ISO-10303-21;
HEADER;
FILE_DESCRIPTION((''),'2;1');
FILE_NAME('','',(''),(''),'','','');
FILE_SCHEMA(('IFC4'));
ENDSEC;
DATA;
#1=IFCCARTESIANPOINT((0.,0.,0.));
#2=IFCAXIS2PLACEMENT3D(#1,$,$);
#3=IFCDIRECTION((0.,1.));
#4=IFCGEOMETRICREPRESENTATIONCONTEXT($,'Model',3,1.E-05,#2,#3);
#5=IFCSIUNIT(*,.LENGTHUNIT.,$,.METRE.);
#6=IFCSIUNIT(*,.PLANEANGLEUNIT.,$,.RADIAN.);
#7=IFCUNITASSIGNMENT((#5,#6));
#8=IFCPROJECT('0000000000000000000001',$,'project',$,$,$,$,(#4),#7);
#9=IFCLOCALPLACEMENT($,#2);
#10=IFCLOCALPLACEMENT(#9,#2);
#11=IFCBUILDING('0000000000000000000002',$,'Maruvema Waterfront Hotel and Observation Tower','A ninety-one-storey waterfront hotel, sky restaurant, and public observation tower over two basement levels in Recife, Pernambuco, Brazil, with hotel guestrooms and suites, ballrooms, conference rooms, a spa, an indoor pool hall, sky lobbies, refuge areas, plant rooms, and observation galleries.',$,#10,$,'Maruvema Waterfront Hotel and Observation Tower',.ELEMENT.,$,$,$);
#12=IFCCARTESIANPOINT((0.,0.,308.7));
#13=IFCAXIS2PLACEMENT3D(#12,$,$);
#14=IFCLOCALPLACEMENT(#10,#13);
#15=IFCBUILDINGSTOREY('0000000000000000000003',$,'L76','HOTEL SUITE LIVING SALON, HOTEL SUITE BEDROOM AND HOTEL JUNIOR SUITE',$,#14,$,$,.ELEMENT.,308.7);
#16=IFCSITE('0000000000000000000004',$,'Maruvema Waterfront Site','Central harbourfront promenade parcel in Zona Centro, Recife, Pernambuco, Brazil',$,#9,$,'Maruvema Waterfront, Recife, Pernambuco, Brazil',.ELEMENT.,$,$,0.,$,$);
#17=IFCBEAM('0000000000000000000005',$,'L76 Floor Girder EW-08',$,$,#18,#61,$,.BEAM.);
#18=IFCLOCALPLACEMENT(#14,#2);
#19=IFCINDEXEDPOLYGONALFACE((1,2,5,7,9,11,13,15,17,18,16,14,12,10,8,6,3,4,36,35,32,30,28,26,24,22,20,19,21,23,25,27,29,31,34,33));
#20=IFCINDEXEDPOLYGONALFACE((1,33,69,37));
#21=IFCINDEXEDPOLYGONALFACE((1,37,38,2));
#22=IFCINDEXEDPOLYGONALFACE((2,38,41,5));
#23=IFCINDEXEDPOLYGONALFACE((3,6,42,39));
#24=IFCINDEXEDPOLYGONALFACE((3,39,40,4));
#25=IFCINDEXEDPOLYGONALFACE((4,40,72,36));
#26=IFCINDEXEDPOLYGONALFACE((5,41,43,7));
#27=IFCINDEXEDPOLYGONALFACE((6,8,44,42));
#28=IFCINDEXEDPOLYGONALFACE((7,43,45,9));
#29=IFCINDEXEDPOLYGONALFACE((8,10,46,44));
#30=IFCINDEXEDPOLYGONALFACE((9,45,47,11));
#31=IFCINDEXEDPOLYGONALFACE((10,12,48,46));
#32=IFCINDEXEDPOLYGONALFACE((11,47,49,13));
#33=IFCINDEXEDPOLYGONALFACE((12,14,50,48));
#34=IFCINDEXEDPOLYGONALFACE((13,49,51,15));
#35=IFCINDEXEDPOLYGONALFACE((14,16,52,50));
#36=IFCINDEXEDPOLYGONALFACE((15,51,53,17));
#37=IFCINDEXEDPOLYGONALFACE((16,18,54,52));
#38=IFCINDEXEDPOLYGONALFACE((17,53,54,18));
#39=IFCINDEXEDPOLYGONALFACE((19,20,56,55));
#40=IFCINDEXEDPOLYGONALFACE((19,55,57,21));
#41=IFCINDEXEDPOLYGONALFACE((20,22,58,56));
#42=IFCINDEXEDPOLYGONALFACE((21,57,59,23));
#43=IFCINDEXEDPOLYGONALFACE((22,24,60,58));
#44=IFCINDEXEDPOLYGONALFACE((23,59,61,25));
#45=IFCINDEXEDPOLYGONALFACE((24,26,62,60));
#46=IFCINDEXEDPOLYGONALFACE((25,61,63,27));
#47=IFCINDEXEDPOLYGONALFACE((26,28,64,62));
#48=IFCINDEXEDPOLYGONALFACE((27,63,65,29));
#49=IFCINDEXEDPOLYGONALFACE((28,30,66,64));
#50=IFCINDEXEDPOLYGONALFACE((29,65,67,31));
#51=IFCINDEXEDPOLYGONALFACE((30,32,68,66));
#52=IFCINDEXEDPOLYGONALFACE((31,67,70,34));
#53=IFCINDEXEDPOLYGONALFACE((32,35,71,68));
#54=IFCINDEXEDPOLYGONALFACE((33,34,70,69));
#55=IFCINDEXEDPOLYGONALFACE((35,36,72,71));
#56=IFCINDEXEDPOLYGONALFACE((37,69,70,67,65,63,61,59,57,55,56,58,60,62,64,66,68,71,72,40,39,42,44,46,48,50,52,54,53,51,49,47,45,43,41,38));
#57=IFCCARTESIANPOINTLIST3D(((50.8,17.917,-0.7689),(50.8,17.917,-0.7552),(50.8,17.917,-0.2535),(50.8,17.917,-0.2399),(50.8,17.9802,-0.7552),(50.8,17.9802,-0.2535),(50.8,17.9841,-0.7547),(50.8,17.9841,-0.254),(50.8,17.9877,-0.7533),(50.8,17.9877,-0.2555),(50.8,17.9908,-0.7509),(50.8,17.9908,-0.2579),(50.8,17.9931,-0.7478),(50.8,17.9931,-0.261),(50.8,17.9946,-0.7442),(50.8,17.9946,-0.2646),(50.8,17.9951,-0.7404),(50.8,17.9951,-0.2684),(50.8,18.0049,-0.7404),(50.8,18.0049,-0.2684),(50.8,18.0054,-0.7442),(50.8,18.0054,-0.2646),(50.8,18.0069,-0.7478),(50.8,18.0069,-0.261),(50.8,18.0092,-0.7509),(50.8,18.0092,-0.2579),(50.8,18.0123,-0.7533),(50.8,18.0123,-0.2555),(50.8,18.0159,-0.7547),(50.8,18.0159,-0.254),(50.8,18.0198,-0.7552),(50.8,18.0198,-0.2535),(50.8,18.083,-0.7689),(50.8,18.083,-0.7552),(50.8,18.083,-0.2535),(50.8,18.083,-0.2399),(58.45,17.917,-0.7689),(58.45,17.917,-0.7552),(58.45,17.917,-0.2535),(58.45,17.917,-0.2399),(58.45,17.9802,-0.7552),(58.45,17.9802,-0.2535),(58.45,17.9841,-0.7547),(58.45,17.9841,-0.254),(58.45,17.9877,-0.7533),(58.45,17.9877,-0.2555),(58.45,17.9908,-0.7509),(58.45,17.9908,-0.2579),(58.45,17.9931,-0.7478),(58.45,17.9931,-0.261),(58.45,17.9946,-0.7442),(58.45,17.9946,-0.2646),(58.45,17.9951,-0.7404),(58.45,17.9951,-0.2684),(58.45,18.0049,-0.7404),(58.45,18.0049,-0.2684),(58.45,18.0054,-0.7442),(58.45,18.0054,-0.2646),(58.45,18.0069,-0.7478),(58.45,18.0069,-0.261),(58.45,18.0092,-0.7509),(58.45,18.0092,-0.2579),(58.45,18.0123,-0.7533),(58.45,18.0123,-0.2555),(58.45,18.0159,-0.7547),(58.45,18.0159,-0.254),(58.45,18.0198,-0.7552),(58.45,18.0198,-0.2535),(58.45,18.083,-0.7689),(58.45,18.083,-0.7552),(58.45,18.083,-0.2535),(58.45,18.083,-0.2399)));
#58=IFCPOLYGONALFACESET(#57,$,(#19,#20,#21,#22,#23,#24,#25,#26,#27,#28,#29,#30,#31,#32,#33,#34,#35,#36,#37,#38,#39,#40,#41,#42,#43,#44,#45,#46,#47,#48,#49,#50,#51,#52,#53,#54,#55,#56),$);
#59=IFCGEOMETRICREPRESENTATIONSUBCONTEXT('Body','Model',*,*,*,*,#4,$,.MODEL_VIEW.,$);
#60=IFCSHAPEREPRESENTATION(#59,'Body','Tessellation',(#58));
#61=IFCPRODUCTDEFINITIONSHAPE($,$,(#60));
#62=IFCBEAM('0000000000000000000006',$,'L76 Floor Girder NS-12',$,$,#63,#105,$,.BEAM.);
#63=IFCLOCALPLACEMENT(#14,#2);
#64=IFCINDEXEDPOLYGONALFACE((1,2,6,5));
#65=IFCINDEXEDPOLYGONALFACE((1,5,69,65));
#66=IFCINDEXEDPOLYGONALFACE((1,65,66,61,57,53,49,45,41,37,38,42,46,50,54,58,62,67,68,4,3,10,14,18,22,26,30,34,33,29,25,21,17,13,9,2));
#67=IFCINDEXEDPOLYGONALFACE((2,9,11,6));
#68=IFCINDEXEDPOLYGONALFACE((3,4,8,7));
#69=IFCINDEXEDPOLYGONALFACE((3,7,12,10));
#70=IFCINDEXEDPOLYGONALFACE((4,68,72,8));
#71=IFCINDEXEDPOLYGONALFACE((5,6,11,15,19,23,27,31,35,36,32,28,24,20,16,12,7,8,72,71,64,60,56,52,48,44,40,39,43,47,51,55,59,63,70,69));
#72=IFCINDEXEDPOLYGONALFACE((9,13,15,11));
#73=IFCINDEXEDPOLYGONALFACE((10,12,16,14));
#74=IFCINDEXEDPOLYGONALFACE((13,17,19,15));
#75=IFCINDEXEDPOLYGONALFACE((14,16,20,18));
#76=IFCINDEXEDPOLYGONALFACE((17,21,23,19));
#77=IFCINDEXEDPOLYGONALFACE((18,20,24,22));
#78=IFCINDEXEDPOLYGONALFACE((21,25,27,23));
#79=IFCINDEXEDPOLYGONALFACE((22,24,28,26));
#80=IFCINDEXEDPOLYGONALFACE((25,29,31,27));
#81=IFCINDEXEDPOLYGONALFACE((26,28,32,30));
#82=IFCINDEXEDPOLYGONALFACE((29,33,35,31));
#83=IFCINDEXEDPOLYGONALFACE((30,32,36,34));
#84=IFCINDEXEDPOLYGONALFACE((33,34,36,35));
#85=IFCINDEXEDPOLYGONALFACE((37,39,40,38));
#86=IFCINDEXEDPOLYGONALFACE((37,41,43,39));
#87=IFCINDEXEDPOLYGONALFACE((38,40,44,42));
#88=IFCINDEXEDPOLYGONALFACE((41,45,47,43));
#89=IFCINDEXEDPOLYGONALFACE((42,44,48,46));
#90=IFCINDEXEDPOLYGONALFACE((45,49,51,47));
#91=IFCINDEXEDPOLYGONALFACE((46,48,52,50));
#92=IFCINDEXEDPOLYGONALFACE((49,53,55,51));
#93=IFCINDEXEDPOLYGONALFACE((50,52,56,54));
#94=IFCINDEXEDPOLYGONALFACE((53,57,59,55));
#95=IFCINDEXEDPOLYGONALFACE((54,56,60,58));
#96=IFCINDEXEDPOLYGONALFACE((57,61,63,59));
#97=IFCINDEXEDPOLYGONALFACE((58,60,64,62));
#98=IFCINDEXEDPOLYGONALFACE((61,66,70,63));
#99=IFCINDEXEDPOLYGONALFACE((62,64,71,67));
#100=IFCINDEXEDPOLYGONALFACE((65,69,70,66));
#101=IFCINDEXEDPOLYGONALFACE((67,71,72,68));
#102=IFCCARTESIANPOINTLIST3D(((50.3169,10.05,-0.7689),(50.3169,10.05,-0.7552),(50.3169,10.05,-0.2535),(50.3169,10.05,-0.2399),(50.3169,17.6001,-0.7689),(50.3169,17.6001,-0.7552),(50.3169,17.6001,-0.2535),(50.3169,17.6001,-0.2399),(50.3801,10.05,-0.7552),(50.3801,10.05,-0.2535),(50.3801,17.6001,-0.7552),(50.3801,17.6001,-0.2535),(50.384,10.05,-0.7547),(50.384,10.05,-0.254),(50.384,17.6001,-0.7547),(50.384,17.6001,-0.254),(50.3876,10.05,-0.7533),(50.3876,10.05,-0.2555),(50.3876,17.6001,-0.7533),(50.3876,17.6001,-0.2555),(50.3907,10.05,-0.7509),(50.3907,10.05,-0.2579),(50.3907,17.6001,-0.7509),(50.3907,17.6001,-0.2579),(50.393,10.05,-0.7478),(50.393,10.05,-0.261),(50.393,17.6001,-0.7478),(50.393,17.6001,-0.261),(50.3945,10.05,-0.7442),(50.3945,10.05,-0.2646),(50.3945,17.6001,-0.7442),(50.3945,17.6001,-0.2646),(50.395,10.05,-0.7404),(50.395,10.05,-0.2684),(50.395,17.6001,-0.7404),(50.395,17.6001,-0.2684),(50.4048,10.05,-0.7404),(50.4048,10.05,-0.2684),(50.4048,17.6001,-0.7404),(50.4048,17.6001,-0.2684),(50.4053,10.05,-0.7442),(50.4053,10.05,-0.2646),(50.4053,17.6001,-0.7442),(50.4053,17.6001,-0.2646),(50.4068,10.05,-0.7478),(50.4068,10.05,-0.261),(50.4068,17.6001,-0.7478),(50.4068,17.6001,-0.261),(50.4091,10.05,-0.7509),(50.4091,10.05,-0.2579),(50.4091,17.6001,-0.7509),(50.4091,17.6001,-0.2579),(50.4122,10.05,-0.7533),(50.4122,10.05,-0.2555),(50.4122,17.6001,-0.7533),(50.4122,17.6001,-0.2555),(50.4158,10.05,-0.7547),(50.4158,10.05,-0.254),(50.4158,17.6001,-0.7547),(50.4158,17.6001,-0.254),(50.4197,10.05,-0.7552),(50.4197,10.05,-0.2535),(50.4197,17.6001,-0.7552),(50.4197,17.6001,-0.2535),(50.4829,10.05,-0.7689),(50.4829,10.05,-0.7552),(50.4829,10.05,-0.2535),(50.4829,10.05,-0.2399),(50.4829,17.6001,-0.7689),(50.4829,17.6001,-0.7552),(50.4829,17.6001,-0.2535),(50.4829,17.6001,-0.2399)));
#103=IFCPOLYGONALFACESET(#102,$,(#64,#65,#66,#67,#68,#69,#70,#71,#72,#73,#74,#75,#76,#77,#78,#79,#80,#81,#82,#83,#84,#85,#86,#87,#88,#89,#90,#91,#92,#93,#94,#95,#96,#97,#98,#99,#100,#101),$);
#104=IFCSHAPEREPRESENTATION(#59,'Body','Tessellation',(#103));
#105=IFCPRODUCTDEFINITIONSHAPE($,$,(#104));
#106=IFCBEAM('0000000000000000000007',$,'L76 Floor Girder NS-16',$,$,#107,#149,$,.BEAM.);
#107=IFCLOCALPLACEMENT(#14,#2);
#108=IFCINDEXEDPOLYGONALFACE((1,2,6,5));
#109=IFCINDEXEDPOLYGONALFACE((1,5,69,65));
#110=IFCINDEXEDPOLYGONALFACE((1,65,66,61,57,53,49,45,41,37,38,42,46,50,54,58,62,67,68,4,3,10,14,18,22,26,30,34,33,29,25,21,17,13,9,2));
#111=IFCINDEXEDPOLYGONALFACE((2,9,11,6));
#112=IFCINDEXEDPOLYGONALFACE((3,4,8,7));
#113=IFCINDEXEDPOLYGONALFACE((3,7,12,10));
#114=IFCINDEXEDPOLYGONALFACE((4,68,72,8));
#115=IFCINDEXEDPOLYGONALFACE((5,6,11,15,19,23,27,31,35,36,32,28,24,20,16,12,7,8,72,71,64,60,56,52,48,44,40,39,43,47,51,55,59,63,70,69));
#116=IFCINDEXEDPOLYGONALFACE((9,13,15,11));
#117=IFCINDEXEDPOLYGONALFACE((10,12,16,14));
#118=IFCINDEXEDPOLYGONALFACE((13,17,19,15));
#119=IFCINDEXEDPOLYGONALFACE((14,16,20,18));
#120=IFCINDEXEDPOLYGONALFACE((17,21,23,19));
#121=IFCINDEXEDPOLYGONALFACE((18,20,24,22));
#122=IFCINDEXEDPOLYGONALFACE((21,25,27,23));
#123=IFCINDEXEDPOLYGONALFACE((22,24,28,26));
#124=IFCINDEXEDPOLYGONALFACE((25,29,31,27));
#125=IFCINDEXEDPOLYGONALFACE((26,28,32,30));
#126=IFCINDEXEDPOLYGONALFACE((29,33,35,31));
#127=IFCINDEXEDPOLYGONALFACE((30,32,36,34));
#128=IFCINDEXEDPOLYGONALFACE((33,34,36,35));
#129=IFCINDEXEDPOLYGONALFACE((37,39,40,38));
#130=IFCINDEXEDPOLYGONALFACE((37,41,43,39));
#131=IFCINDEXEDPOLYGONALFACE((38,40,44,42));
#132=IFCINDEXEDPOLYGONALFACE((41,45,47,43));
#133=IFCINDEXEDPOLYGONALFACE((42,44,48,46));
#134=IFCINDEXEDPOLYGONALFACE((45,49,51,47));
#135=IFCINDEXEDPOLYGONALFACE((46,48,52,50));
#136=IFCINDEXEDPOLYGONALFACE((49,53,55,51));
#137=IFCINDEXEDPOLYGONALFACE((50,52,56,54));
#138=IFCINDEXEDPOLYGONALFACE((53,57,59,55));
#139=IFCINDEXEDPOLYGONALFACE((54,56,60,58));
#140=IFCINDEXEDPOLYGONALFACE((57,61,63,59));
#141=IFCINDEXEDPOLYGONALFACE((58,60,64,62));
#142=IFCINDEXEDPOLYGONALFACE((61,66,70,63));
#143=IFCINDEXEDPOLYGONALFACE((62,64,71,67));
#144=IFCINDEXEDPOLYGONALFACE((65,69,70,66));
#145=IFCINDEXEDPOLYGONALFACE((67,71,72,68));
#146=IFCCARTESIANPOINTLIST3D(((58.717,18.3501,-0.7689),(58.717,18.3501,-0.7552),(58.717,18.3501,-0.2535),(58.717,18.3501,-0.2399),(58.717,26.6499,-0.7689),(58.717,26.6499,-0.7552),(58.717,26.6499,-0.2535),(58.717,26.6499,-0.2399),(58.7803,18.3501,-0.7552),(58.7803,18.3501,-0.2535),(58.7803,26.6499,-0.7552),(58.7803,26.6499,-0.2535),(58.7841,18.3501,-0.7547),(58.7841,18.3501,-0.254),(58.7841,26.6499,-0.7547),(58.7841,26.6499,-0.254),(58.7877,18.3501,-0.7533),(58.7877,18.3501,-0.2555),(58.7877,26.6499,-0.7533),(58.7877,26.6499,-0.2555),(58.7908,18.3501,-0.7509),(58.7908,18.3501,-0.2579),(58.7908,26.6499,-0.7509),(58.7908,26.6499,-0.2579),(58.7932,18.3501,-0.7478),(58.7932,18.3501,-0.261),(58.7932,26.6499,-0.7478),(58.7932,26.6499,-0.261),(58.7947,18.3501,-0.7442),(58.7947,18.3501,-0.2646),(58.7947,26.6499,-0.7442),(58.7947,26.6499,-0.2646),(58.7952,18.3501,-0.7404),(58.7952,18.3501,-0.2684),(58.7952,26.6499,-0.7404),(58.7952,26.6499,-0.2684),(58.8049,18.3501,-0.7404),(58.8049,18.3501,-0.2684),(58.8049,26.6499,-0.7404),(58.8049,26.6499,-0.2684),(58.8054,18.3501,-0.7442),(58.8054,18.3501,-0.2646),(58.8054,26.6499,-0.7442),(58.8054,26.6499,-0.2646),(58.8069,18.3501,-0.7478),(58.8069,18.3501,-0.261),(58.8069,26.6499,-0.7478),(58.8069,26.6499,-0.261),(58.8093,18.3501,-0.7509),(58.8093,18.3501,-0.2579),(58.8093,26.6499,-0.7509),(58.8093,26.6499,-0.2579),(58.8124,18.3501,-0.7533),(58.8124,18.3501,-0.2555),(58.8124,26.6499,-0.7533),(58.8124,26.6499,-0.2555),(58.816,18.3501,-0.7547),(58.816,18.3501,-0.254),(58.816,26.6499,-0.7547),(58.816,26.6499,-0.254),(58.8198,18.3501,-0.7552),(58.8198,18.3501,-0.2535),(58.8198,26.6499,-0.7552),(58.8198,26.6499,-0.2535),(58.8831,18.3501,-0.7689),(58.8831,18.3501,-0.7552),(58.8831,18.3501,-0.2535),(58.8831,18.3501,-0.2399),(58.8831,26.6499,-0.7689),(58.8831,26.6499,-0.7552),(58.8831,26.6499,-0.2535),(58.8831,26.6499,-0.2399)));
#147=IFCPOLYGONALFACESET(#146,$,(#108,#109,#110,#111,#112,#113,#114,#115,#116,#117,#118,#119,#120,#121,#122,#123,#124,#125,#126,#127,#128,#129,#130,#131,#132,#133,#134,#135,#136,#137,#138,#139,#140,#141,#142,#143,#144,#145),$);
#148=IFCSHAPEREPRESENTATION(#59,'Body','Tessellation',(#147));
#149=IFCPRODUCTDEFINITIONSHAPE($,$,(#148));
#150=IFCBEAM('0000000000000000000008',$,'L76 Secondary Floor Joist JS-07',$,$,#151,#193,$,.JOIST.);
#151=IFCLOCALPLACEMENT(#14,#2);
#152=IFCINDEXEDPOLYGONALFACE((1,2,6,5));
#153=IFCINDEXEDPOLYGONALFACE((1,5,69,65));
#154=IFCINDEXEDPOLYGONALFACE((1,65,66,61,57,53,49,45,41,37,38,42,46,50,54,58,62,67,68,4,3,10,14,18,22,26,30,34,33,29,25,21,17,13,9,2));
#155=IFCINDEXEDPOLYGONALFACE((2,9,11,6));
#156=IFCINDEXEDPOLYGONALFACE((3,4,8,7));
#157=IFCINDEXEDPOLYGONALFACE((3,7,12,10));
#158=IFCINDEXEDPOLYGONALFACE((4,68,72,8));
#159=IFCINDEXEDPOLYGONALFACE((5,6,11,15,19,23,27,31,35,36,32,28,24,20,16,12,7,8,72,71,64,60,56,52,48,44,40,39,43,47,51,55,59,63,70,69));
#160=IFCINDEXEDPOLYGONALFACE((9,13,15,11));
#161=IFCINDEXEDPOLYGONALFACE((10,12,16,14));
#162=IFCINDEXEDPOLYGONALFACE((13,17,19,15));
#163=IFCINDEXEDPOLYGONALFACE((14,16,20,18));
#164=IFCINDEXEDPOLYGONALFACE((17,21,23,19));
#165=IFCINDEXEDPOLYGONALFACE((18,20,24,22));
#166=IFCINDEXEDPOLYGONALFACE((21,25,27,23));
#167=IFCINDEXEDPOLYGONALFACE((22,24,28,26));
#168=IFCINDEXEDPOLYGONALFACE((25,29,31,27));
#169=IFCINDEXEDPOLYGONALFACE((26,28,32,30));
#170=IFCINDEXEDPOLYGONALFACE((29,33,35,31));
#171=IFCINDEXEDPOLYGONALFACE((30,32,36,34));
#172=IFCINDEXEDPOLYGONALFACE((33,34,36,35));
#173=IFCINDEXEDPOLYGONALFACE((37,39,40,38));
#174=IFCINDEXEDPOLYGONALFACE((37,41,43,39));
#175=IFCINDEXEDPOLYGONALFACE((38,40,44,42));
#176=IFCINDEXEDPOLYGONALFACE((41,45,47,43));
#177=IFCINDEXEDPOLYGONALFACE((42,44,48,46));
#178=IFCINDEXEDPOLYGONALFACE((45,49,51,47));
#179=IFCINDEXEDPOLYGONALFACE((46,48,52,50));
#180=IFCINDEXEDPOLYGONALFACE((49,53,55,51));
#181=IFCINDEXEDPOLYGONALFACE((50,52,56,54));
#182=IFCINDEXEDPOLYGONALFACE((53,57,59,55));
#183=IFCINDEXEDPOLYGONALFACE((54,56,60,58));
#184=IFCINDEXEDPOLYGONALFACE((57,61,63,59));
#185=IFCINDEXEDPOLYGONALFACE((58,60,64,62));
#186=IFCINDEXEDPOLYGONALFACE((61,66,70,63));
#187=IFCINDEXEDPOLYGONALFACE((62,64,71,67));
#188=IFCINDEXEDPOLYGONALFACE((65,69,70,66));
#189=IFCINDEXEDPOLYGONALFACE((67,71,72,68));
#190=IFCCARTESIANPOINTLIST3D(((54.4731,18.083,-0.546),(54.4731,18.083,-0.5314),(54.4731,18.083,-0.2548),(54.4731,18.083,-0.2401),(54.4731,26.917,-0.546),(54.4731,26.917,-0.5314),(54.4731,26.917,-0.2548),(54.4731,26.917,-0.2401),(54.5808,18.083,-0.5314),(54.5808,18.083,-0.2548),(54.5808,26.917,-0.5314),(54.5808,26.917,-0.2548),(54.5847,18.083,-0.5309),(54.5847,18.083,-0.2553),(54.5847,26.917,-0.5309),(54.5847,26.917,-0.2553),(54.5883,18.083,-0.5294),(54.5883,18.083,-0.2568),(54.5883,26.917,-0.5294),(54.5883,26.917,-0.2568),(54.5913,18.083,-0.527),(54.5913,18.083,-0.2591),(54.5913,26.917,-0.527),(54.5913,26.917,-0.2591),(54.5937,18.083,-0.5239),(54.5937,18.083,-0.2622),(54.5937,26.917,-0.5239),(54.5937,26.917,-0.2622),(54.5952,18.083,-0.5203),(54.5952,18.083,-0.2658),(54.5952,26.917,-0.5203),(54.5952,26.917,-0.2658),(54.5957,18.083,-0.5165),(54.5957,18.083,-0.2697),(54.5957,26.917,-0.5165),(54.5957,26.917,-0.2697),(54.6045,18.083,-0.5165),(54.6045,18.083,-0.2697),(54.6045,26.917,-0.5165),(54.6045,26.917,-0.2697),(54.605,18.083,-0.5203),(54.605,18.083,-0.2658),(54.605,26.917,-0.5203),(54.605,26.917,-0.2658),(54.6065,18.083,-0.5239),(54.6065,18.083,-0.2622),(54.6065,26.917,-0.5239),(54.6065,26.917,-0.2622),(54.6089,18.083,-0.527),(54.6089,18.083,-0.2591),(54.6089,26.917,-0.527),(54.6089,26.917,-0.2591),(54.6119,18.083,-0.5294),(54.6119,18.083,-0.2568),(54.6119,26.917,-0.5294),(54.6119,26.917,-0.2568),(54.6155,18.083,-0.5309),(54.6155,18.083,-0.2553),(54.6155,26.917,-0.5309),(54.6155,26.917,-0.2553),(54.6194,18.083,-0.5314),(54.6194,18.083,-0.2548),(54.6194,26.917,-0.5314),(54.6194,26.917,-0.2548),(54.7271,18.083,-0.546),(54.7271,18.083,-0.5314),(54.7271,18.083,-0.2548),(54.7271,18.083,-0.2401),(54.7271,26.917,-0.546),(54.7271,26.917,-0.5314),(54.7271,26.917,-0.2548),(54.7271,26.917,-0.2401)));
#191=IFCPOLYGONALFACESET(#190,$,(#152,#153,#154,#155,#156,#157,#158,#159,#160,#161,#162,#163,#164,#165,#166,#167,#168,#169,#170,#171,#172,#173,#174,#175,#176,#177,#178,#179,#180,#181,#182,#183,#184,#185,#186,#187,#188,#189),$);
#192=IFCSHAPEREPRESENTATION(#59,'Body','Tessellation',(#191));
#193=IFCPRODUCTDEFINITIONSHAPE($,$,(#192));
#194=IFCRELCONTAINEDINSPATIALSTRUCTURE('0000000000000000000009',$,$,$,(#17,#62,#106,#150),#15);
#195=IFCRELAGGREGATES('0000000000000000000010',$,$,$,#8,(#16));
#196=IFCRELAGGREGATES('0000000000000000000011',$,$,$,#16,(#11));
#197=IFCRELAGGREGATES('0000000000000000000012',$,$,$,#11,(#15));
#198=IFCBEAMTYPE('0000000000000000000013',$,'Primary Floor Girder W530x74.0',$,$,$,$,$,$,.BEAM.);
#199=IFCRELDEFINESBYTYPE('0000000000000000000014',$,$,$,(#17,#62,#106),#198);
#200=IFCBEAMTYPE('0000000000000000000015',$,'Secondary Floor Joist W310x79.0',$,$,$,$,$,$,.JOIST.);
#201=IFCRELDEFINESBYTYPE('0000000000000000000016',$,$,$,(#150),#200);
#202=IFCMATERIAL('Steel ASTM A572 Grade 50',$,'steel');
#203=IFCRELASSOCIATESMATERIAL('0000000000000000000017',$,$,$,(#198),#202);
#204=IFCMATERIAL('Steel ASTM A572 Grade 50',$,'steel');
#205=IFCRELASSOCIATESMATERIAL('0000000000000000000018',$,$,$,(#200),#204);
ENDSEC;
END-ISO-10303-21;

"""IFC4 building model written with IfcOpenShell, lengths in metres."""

from ifc_helpers import new_model, si_unit, direction, frame, origin, origin_2d, place, context, subcontext, project, spatial, i_section, extrude, material, material_profile, profile_set, type_object, element, save


model = new_model("IFC4")

# Units and contexts
model_context = context("Model", 3, precision=1e-05, world=origin(), true_north=direction((0.0, 1.0)))
body_context = subcontext(model_context, "Body", "Model", "MODEL_VIEW")
ifc_project = project(units=[si_unit("LENGTHUNIT", "METRE"), si_unit("PLANEANGLEUNIT", "RADIAN")], contexts=[model_context])

# Site, building, storey
site_placement = place(None, origin())
site = spatial("IfcSite", under=ifc_project, at=site_placement, Name="Maruvema Waterfront Site", Description="Central harbourfront promenade parcel in Zona Centro, Recife, Pernambuco, Brazil", LongName="Maruvema Waterfront, Recife, Pernambuco, Brazil", CompositionType="ELEMENT", RefElevation=0.0)
building_placement = place(site_placement, origin())
building = spatial("IfcBuilding", under=site, at=building_placement, Name="Maruvema Waterfront Hotel and Observation Tower", Description="A ninety-one-storey waterfront hotel, sky restaurant, and public observation tower over two basement levels in Recife, Pernambuco, Brazil, with hotel guestrooms and suites, ballrooms, conference rooms, a spa, an indoor pool hall, sky lobbies, refuge areas, plant rooms, and observation galleries.", LongName="Maruvema Waterfront Hotel and Observation Tower", CompositionType="ELEMENT")
storey_placement = place(building_placement, frame((0.0, 0.0, 308.7)))
storey = spatial("IfcBuildingStorey", under=building, at=storey_placement, Name="L76", Description="HOTEL SUITE LIVING SALON, HOTEL SUITE BEDROOM AND HOTEL JUNIOR SUITE", CompositionType="ELEMENT", Elevation=308.7)

# Beams
ifc_material_1 = material(Name="Steel ASTM A572 Grade 50", Category="steel")
ifc_material_profile_1 = material_profile(ifc_material_1, i_section(OverallWidth=0.166, OverallDepth=0.5291, WebThickness=0.0098, FlangeThickness=0.0137, FilletRadius=0.0149, at=origin_2d()), Name="W530x74.0")
ifc_profile_set_1 = profile_set([ifc_material_profile_1], Name="Steel ASTM A572 Grade 50")
beam_type_1 = type_object("IfcBeamType", Name="Primary Floor Girder W530x74.0", PredefinedType="BEAM", material=ifc_profile_set_1)
beam_1_placement = place(storey_placement, frame((50.8, 18.0, -0.5044), z_axis=(1.0, 0.0, 0.0), x_axis=(0.0, 1.0, 0.0)))
element("IfcBeam", 1, at=beam_1_placement, inside=storey, type_object=beam_type_1, Name="L76 Floor Girder EW-08", PredefinedType="BEAM", context=body_context, shape_type="SweptSolid", body=[
    extrude(i_section(OverallWidth=0.166, OverallDepth=0.5291, WebThickness=0.0098, FlangeThickness=0.0137, FilletRadius=0.0149, at=origin_2d()), origin(), (0.0, 0.0, 1.0), 7.6499),
])
beam_2_placement = place(storey_placement, frame((50.3999, 10.05, -0.5044), z_axis=(0.0, 1.0, 0.0), x_axis=(-1.0, 0.0, 0.0)))
element("IfcBeam", 2, at=beam_2_placement, inside=storey, type_object=beam_type_1, Name="L76 Floor Girder NS-12", PredefinedType="BEAM", context=body_context, shape_type="SweptSolid", body=[
    extrude(i_section(OverallWidth=0.166, OverallDepth=0.5291, WebThickness=0.0098, FlangeThickness=0.0137, FilletRadius=0.0149, at=origin_2d()), origin(), (0.0, 0.0, 1.0), 7.55),
])
beam_3_placement = place(storey_placement, frame((58.8, 18.3501, -0.5044), z_axis=(0.0, 1.0, 0.0), x_axis=(-1.0, 0.0, 0.0)))
element("IfcBeam", 3, at=beam_3_placement, inside=storey, type_object=beam_type_1, Name="L76 Floor Girder NS-16", PredefinedType="BEAM", context=body_context, shape_type="SweptSolid", body=[
    extrude(i_section(OverallWidth=0.166, OverallDepth=0.5291, WebThickness=0.0098, FlangeThickness=0.0137, FilletRadius=0.0149, at=origin_2d()), origin(), (0.0, 0.0, 1.0), 8.2998),
])
ifc_material_2 = material(Name="Steel ASTM A572 Grade 50", Category="steel")
ifc_material_profile_2 = material_profile(ifc_material_2, i_section(OverallWidth=0.2539, OverallDepth=0.3059, WebThickness=0.0088, FlangeThickness=0.0146, FilletRadius=0.0149, at=origin_2d()), Name="W310x79.0")
ifc_profile_set_2 = profile_set([ifc_material_profile_2], Name="Steel ASTM A572 Grade 50")
beam_type_2 = type_object("IfcBeamType", Name="Secondary Floor Joist W310x79.0", PredefinedType="JOIST", material=ifc_profile_set_2)
beam_4_placement = place(storey_placement, frame((54.6001, 18.083, -0.3931), z_axis=(0.0, 1.0, 0.0), x_axis=(-1.0, 0.0, 0.0)))
element("IfcBeam", 4, at=beam_4_placement, inside=storey, type_object=beam_type_2, Name="L76 Secondary Floor Joist JS-07", PredefinedType="JOIST", context=body_context, shape_type="SweptSolid", body=[
    extrude(i_section(OverallWidth=0.2539, OverallDepth=0.3059, WebThickness=0.0088, FlangeThickness=0.0146, FilletRadius=0.0149, at=origin_2d()), origin(), (0.0, 0.0, 1.0), 8.834),
])

save(model, "model.ifc")
